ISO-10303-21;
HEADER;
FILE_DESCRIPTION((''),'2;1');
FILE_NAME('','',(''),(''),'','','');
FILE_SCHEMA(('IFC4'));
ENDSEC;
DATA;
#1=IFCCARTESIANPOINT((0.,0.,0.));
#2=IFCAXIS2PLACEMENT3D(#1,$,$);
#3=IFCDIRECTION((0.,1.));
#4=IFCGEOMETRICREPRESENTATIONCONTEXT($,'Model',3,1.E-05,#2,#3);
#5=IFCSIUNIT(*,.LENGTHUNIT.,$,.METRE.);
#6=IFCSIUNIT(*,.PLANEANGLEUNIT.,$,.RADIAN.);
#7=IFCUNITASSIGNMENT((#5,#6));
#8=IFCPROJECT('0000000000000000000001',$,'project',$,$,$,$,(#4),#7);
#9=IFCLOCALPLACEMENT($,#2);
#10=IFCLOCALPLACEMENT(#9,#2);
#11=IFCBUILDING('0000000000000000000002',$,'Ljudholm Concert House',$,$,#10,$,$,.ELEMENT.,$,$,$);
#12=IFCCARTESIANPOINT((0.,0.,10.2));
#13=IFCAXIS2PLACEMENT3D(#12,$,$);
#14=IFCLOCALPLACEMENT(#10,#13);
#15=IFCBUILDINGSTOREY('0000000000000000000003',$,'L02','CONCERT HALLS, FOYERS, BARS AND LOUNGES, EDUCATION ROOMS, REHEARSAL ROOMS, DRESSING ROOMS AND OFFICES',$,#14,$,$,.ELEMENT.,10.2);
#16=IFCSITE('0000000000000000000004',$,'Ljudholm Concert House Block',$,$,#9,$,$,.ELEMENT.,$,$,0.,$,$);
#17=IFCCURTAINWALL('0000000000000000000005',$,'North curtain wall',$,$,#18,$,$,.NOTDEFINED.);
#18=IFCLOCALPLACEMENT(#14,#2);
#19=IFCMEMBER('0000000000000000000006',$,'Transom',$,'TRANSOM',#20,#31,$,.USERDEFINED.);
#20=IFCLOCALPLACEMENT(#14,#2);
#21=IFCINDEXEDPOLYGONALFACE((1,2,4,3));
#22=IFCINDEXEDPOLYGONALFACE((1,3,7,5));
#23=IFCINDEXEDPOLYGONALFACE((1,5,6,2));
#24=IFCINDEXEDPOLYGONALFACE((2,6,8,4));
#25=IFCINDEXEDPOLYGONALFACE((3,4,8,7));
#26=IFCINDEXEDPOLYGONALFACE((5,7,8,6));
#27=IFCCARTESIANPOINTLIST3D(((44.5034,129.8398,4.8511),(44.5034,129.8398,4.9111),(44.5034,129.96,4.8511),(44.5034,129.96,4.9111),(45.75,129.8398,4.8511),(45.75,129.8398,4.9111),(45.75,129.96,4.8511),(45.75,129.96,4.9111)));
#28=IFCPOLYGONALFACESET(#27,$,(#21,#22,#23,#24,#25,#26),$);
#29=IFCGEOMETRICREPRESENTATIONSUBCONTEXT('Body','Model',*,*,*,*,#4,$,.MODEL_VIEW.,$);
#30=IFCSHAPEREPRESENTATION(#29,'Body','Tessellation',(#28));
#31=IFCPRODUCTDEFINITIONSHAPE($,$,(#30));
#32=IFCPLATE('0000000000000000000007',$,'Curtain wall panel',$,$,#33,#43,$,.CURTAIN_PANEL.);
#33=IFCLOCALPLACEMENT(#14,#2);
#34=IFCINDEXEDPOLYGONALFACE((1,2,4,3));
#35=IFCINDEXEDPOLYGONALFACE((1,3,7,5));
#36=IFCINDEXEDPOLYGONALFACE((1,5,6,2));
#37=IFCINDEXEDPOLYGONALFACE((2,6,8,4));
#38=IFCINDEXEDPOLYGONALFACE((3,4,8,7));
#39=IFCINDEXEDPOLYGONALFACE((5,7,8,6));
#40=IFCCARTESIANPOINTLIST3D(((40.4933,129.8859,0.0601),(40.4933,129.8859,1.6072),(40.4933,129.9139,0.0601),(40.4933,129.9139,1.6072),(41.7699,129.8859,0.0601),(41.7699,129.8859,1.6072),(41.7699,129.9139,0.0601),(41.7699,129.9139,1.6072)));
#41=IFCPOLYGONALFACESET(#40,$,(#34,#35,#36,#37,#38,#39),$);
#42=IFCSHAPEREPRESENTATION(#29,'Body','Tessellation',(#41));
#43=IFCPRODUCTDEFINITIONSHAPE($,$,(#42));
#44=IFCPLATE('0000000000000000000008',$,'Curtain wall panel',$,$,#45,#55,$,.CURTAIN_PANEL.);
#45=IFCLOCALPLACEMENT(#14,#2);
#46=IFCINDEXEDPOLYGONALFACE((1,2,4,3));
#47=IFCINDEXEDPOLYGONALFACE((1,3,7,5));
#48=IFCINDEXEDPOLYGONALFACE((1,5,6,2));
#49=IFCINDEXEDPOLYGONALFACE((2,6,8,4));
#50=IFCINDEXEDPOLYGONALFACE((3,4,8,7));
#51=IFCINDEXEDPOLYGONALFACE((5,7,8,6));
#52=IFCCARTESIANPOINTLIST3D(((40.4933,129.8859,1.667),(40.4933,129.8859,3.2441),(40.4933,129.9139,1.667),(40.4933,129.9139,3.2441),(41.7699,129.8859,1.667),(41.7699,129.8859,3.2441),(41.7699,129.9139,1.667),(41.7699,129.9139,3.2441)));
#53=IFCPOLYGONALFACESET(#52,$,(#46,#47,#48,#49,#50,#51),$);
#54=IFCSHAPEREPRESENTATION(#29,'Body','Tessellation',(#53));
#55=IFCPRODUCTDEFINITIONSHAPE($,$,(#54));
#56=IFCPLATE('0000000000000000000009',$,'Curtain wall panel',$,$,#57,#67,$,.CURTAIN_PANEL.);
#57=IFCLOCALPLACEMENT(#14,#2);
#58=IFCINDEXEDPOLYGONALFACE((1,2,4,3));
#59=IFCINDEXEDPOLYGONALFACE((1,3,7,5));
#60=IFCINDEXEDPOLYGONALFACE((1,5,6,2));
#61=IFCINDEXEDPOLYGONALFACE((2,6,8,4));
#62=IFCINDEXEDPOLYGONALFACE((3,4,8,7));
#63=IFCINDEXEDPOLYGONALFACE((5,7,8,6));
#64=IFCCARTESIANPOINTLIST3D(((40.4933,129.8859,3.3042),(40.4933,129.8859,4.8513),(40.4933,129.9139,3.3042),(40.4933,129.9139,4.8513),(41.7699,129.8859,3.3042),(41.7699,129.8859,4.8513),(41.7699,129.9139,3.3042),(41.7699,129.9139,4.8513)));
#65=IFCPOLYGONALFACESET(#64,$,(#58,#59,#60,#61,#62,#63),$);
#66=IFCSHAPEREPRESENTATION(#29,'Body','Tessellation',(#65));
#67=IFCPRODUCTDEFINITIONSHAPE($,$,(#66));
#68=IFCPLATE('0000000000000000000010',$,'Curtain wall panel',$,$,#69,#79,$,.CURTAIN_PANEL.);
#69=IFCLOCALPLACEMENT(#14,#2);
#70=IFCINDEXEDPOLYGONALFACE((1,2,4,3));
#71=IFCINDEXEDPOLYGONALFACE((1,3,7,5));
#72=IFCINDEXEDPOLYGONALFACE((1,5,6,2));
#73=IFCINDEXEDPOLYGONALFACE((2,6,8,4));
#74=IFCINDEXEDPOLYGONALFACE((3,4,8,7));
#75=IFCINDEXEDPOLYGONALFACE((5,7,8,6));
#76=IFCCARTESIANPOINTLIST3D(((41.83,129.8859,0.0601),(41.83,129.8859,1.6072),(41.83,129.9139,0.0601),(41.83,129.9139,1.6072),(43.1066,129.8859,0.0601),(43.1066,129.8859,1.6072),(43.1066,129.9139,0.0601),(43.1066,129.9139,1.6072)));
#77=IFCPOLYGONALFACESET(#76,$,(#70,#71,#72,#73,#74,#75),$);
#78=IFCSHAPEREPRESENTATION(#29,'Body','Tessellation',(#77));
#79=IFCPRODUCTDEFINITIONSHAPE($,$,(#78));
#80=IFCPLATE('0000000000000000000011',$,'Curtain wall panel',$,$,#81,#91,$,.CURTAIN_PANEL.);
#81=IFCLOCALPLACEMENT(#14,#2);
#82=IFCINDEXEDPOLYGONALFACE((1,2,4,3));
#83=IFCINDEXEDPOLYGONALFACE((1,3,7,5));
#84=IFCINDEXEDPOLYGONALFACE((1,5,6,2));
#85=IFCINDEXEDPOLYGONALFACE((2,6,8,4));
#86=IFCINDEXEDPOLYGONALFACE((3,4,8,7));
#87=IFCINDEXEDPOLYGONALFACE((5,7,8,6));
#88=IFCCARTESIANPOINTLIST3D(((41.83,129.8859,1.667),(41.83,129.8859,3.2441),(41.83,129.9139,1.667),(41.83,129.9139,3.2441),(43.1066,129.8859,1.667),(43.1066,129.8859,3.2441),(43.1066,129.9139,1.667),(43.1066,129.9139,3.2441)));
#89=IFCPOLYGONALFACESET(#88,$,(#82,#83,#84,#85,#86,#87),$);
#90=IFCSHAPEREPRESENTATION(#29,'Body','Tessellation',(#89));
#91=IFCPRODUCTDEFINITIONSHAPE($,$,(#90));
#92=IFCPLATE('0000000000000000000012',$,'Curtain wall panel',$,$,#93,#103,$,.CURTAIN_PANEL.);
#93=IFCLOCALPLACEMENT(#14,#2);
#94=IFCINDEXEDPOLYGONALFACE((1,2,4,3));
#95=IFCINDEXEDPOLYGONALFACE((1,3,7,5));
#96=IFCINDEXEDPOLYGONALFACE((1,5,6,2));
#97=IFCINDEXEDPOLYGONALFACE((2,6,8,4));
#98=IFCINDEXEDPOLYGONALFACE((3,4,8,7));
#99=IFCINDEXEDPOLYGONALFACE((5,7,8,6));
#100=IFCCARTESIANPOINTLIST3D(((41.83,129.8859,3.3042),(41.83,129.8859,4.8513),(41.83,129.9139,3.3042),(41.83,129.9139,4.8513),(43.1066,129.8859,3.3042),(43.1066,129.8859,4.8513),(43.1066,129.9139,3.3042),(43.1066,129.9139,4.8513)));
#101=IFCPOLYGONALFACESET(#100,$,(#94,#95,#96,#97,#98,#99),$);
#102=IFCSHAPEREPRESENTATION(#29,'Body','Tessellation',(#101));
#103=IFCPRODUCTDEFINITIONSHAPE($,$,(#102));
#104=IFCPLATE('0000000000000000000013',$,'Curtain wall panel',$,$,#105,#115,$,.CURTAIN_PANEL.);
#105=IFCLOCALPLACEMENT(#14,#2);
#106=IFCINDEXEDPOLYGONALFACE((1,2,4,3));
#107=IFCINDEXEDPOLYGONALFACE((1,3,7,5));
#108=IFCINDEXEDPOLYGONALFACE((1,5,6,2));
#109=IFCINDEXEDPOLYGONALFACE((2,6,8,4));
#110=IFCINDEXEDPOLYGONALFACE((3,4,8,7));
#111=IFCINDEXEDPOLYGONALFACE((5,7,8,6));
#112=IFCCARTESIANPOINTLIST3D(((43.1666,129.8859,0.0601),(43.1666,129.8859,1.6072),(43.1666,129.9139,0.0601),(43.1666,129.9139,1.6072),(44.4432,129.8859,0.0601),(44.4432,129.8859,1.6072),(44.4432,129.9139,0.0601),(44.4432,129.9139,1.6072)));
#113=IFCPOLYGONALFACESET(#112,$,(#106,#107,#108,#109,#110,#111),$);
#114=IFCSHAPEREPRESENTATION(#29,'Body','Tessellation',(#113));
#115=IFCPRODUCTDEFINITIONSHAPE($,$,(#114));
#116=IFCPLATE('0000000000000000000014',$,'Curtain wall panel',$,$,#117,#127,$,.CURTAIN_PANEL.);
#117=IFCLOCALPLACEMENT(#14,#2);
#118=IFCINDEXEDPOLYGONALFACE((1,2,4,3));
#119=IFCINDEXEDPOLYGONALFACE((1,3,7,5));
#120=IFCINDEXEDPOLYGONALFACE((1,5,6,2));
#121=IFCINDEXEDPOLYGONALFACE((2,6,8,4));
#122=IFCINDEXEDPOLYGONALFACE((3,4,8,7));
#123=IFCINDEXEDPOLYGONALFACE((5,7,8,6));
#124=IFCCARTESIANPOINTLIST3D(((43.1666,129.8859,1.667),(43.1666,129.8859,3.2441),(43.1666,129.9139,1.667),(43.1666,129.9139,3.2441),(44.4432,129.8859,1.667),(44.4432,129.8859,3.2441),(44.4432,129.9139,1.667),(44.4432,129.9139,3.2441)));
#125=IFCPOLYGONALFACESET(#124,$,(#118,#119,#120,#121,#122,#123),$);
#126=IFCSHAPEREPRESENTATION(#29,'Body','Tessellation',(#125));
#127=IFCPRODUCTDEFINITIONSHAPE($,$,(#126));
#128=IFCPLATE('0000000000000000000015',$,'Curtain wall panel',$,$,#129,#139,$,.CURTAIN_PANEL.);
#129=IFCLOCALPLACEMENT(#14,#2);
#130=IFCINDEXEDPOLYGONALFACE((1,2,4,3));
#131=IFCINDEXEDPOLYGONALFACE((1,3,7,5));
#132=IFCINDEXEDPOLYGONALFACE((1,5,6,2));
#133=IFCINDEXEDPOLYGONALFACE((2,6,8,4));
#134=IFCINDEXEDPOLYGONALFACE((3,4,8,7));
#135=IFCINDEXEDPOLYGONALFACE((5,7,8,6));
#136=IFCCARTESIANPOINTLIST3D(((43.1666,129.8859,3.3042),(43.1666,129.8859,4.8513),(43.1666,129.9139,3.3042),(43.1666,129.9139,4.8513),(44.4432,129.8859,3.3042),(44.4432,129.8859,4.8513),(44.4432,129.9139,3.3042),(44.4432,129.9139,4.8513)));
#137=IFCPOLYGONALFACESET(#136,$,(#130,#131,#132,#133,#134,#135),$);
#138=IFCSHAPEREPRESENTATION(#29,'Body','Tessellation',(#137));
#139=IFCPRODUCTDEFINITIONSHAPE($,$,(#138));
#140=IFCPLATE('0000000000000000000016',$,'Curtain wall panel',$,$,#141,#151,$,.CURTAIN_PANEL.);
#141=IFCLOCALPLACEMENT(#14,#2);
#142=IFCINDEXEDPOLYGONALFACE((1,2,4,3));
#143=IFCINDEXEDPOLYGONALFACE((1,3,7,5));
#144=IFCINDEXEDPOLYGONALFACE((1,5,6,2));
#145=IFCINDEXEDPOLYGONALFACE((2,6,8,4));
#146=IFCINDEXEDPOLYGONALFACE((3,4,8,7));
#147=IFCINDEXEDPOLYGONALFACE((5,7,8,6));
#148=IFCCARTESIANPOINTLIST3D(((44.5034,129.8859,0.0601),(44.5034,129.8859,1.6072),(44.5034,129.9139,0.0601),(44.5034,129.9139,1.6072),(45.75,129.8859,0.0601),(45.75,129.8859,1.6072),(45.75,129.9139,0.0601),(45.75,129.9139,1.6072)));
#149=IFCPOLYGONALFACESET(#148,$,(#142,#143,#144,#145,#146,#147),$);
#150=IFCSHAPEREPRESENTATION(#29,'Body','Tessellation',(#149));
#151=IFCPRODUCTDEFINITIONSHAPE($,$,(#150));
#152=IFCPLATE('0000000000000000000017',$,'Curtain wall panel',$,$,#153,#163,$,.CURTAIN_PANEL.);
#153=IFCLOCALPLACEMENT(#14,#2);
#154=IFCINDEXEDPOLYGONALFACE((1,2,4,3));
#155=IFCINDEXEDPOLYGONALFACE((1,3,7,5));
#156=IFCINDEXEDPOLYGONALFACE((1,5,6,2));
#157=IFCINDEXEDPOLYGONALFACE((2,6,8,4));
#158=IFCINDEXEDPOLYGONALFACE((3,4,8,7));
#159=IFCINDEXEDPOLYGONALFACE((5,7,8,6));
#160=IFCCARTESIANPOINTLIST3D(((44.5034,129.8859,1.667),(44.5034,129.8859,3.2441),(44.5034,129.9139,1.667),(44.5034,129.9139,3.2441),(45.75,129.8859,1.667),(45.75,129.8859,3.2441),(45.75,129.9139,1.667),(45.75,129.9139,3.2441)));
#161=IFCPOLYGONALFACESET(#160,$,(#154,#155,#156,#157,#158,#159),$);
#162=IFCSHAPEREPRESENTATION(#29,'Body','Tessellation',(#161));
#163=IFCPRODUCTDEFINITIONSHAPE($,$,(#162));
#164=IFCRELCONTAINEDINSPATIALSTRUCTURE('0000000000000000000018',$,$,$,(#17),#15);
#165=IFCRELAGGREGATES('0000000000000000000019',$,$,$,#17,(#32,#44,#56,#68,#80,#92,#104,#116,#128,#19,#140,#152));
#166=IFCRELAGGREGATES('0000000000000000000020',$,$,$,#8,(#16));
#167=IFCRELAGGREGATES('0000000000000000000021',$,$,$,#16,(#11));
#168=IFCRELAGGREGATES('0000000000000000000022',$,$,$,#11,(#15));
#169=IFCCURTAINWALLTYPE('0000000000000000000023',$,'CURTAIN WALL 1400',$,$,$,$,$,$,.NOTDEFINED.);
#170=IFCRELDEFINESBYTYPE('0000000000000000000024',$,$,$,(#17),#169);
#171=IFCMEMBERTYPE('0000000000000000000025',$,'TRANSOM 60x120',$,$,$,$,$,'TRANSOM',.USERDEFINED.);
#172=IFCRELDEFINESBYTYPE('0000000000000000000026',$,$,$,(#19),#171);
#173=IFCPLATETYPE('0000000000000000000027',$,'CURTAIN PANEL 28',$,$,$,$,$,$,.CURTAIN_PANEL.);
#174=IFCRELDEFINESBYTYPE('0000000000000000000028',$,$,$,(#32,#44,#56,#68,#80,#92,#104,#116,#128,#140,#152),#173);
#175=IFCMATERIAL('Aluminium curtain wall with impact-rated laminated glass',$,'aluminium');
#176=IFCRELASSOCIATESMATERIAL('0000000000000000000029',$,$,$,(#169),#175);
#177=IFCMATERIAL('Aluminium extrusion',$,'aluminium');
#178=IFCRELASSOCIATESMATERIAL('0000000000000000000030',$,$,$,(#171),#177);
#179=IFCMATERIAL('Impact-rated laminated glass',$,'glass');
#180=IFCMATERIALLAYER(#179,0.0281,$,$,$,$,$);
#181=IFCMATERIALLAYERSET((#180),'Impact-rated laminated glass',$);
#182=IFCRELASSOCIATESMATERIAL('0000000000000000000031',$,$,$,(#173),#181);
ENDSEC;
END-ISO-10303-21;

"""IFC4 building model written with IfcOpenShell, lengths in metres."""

from ifc_helpers import new_model, si_unit, direction, frame, origin, origin_2d, place, context, subcontext, project, spatial, rectangle, extrude, material, layer, layer_set, material_profile, profile_set, type_object, element, aggregate, save


model = new_model("IFC4")

# Units and contexts
model_context = context("Model", 3, precision=1e-05, world=origin(), true_north=direction((0.0, 1.0)))
body_context = subcontext(model_context, "Body", "Model", "MODEL_VIEW")
ifc_project = project(units=[si_unit("LENGTHUNIT", "METRE"), si_unit("PLANEANGLEUNIT", "RADIAN")], contexts=[model_context])

# Site, building, storey
site_placement = place(None, origin())
site = spatial("IfcSite", under=ifc_project, at=site_placement, Name="Ljudholm Concert House Block", CompositionType="ELEMENT", RefElevation=0.0)
building_placement = place(site_placement, origin())
building = spatial("IfcBuilding", under=site, at=building_placement, Name="Ljudholm Concert House", CompositionType="ELEMENT")
storey_placement = place(building_placement, frame((0.0, 0.0, 10.2)))
storey = spatial("IfcBuildingStorey", under=building, at=storey_placement, Name="L02", Description="CONCERT HALLS, FOYERS, BARS AND LOUNGES, EDUCATION ROOMS, REHEARSAL ROOMS, DRESSING ROOMS AND OFFICES", CompositionType="ELEMENT", Elevation=10.2)

# Curtain wall, member, plates
ifc_material_1 = material(Name="Aluminium curtain wall with impact-rated laminated glass", Category="aluminium")
curtain_wall_type = type_object("IfcCurtainWallType", Name="CURTAIN WALL 1400", PredefinedType="NOTDEFINED", material=ifc_material_1)
curtain_wall_placement = place(storey_placement, origin())
curtain_wall = element("IfcCurtainWall", 1, at=curtain_wall_placement, inside=storey, type_object=curtain_wall_type, Name="North curtain wall", PredefinedType="NOTDEFINED")
ifc_material_2 = material(Name="Aluminium extrusion", Category="aluminium")
ifc_material_profile_1 = material_profile(ifc_material_2, rectangle(XDim=0.1201, YDim=0.0601, at=origin_2d()), Name="TRANSOM 60x120")
ifc_profile_set_1 = profile_set([ifc_material_profile_1], Name="Aluminium extrusion")
member_type_1 = type_object("IfcMemberType", Name="TRANSOM 60x120", ElementType="TRANSOM", PredefinedType="USERDEFINED", material=ifc_profile_set_1)
member_1_placement = place(storey_placement, frame((44.5034, 129.8999, 4.8811), z_axis=(1.0, 0.0, 0.0), x_axis=(0.0, 1.0, 0.0)))
member_1 = element("IfcMember", 2, at=member_1_placement, type_object=member_type_1, Name="Transom", ObjectType="TRANSOM", PredefinedType="USERDEFINED", context=body_context, shape_type="SweptSolid", body=[
    extrude(rectangle(XDim=0.1201, YDim=0.0601, at=origin_2d()), origin(), (0.0, 0.0, 1.0), 1.2466),
])
ifc_material_3 = material(Name="Impact-rated laminated glass", Category="glass")
ifc_layer = layer(ifc_material_3, 0.0281)
ifc_layer_set = layer_set([ifc_layer], Name="Impact-rated laminated glass")
plate_type = type_object("IfcPlateType", Name="CURTAIN PANEL 28", PredefinedType="CURTAIN_PANEL", material=ifc_layer_set)
plate_1_placement = place(storey_placement, frame((41.1316, 129.8999, 0.0601), z_axis=(0.0, 0.0, 1.0), x_axis=(1.0, 0.0, 0.0)))
plate_1 = element("IfcPlate", 3, at=plate_1_placement, type_object=plate_type, Name="Curtain wall panel", PredefinedType="CURTAIN_PANEL", context=body_context, shape_type="SweptSolid", body=[
    extrude(rectangle(XDim=1.2766, YDim=0.0281, at=origin_2d()), origin(), (0.0, 0.0, 1.0), 1.5471),
])
plate_2_placement = place(storey_placement, frame((41.1316, 129.8999, 1.667), z_axis=(0.0, 0.0, 1.0), x_axis=(1.0, 0.0, 0.0)))
plate_2 = element("IfcPlate", 4, at=plate_2_placement, type_object=plate_type, Name="Curtain wall panel", PredefinedType="CURTAIN_PANEL", context=body_context, shape_type="SweptSolid", body=[
    extrude(rectangle(XDim=1.2766, YDim=0.0281, at=origin_2d()), origin(), (0.0, 0.0, 1.0), 1.5771),
])
plate_3_placement = place(storey_placement, frame((41.1316, 129.8999, 3.3042), z_axis=(0.0, 0.0, 1.0), x_axis=(1.0, 0.0, 0.0)))
plate_3 = element("IfcPlate", 5, at=plate_3_placement, type_object=plate_type, Name="Curtain wall panel", PredefinedType="CURTAIN_PANEL", context=body_context, shape_type="SweptSolid", body=[
    extrude(rectangle(XDim=1.2766, YDim=0.0281, at=origin_2d()), origin(), (0.0, 0.0, 1.0), 1.5471),
])
plate_4_placement = place(storey_placement, frame((42.4683, 129.8999, 0.0601), z_axis=(0.0, 0.0, 1.0), x_axis=(1.0, 0.0, 0.0)))
plate_4 = element("IfcPlate", 6, at=plate_4_placement, type_object=plate_type, Name="Curtain wall panel", PredefinedType="CURTAIN_PANEL", context=body_context, shape_type="SweptSolid", body=[
    extrude(rectangle(XDim=1.2766, YDim=0.0281, at=origin_2d()), origin(), (0.0, 0.0, 1.0), 1.5471),
])
plate_5_placement = place(storey_placement, frame((42.4683, 129.8999, 1.667), z_axis=(0.0, 0.0, 1.0), x_axis=(1.0, 0.0, 0.0)))
plate_5 = element("IfcPlate", 7, at=plate_5_placement, type_object=plate_type, Name="Curtain wall panel", PredefinedType="CURTAIN_PANEL", context=body_context, shape_type="SweptSolid", body=[
    extrude(rectangle(XDim=1.2766, YDim=0.0281, at=origin_2d()), origin(), (0.0, 0.0, 1.0), 1.5771),
])
plate_6_placement = place(storey_placement, frame((42.4683, 129.8999, 3.3042), z_axis=(0.0, 0.0, 1.0), x_axis=(1.0, 0.0, 0.0)))
plate_6 = element("IfcPlate", 8, at=plate_6_placement, type_object=plate_type, Name="Curtain wall panel", PredefinedType="CURTAIN_PANEL", context=body_context, shape_type="SweptSolid", body=[
    extrude(rectangle(XDim=1.2766, YDim=0.0281, at=origin_2d()), origin(), (0.0, 0.0, 1.0), 1.5471),
])
plate_7_placement = place(storey_placement, frame((43.8049, 129.8999, 0.0601), z_axis=(0.0, 0.0, 1.0), x_axis=(1.0, 0.0, 0.0)))
plate_7 = element("IfcPlate", 9, at=plate_7_placement, type_object=plate_type, Name="Curtain wall panel", PredefinedType="CURTAIN_PANEL", context=body_context, shape_type="SweptSolid", body=[
    extrude(rectangle(XDim=1.2766, YDim=0.0281, at=origin_2d()), origin(), (0.0, 0.0, 1.0), 1.5471),
])
plate_8_placement = place(storey_placement, frame((43.8049, 129.8999, 1.667), z_axis=(0.0, 0.0, 1.0), x_axis=(1.0, 0.0, 0.0)))
plate_8 = element("IfcPlate", 10, at=plate_8_placement, type_object=plate_type, Name="Curtain wall panel", PredefinedType="CURTAIN_PANEL", context=body_context, shape_type="SweptSolid", body=[
    extrude(rectangle(XDim=1.2766, YDim=0.0281, at=origin_2d()), origin(), (0.0, 0.0, 1.0), 1.5771),
])
plate_9_placement = place(storey_placement, frame((43.8049, 129.8999, 3.3042), z_axis=(0.0, 0.0, 1.0), x_axis=(1.0, 0.0, 0.0)))
plate_9 = element("IfcPlate", 11, at=plate_9_placement, type_object=plate_type, Name="Curtain wall panel", PredefinedType="CURTAIN_PANEL", context=body_context, shape_type="SweptSolid", body=[
    extrude(rectangle(XDim=1.2766, YDim=0.0281, at=origin_2d()), origin(), (0.0, 0.0, 1.0), 1.5471),
])
plate_10_placement = place(storey_placement, frame((45.1267, 129.8999, 0.0601), z_axis=(0.0, 0.0, 1.0), x_axis=(1.0, 0.0, 0.0)))
plate_10 = element("IfcPlate", 12, at=plate_10_placement, type_object=plate_type, Name="Curtain wall panel", PredefinedType="CURTAIN_PANEL", context=body_context, shape_type="SweptSolid", body=[
    extrude(rectangle(XDim=1.2466, YDim=0.0281, at=origin_2d()), origin(), (0.0, 0.0, 1.0), 1.5471),
])
plate_11_placement = place(storey_placement, frame((45.1267, 129.8999, 1.667), z_axis=(0.0, 0.0, 1.0), x_axis=(1.0, 0.0, 0.0)))
plate_11 = element("IfcPlate", 13, at=plate_11_placement, type_object=plate_type, Name="Curtain wall panel", PredefinedType="CURTAIN_PANEL", context=body_context, shape_type="SweptSolid", body=[
    extrude(rectangle(XDim=1.2466, YDim=0.0281, at=origin_2d()), origin(), (0.0, 0.0, 1.0), 1.5771),
])
aggregate(curtain_wall, [plate_1, plate_2, plate_3, plate_4, plate_5, plate_6, plate_7, plate_8, plate_9, member_1, plate_10, plate_11])

save(model, "model.ifc")
